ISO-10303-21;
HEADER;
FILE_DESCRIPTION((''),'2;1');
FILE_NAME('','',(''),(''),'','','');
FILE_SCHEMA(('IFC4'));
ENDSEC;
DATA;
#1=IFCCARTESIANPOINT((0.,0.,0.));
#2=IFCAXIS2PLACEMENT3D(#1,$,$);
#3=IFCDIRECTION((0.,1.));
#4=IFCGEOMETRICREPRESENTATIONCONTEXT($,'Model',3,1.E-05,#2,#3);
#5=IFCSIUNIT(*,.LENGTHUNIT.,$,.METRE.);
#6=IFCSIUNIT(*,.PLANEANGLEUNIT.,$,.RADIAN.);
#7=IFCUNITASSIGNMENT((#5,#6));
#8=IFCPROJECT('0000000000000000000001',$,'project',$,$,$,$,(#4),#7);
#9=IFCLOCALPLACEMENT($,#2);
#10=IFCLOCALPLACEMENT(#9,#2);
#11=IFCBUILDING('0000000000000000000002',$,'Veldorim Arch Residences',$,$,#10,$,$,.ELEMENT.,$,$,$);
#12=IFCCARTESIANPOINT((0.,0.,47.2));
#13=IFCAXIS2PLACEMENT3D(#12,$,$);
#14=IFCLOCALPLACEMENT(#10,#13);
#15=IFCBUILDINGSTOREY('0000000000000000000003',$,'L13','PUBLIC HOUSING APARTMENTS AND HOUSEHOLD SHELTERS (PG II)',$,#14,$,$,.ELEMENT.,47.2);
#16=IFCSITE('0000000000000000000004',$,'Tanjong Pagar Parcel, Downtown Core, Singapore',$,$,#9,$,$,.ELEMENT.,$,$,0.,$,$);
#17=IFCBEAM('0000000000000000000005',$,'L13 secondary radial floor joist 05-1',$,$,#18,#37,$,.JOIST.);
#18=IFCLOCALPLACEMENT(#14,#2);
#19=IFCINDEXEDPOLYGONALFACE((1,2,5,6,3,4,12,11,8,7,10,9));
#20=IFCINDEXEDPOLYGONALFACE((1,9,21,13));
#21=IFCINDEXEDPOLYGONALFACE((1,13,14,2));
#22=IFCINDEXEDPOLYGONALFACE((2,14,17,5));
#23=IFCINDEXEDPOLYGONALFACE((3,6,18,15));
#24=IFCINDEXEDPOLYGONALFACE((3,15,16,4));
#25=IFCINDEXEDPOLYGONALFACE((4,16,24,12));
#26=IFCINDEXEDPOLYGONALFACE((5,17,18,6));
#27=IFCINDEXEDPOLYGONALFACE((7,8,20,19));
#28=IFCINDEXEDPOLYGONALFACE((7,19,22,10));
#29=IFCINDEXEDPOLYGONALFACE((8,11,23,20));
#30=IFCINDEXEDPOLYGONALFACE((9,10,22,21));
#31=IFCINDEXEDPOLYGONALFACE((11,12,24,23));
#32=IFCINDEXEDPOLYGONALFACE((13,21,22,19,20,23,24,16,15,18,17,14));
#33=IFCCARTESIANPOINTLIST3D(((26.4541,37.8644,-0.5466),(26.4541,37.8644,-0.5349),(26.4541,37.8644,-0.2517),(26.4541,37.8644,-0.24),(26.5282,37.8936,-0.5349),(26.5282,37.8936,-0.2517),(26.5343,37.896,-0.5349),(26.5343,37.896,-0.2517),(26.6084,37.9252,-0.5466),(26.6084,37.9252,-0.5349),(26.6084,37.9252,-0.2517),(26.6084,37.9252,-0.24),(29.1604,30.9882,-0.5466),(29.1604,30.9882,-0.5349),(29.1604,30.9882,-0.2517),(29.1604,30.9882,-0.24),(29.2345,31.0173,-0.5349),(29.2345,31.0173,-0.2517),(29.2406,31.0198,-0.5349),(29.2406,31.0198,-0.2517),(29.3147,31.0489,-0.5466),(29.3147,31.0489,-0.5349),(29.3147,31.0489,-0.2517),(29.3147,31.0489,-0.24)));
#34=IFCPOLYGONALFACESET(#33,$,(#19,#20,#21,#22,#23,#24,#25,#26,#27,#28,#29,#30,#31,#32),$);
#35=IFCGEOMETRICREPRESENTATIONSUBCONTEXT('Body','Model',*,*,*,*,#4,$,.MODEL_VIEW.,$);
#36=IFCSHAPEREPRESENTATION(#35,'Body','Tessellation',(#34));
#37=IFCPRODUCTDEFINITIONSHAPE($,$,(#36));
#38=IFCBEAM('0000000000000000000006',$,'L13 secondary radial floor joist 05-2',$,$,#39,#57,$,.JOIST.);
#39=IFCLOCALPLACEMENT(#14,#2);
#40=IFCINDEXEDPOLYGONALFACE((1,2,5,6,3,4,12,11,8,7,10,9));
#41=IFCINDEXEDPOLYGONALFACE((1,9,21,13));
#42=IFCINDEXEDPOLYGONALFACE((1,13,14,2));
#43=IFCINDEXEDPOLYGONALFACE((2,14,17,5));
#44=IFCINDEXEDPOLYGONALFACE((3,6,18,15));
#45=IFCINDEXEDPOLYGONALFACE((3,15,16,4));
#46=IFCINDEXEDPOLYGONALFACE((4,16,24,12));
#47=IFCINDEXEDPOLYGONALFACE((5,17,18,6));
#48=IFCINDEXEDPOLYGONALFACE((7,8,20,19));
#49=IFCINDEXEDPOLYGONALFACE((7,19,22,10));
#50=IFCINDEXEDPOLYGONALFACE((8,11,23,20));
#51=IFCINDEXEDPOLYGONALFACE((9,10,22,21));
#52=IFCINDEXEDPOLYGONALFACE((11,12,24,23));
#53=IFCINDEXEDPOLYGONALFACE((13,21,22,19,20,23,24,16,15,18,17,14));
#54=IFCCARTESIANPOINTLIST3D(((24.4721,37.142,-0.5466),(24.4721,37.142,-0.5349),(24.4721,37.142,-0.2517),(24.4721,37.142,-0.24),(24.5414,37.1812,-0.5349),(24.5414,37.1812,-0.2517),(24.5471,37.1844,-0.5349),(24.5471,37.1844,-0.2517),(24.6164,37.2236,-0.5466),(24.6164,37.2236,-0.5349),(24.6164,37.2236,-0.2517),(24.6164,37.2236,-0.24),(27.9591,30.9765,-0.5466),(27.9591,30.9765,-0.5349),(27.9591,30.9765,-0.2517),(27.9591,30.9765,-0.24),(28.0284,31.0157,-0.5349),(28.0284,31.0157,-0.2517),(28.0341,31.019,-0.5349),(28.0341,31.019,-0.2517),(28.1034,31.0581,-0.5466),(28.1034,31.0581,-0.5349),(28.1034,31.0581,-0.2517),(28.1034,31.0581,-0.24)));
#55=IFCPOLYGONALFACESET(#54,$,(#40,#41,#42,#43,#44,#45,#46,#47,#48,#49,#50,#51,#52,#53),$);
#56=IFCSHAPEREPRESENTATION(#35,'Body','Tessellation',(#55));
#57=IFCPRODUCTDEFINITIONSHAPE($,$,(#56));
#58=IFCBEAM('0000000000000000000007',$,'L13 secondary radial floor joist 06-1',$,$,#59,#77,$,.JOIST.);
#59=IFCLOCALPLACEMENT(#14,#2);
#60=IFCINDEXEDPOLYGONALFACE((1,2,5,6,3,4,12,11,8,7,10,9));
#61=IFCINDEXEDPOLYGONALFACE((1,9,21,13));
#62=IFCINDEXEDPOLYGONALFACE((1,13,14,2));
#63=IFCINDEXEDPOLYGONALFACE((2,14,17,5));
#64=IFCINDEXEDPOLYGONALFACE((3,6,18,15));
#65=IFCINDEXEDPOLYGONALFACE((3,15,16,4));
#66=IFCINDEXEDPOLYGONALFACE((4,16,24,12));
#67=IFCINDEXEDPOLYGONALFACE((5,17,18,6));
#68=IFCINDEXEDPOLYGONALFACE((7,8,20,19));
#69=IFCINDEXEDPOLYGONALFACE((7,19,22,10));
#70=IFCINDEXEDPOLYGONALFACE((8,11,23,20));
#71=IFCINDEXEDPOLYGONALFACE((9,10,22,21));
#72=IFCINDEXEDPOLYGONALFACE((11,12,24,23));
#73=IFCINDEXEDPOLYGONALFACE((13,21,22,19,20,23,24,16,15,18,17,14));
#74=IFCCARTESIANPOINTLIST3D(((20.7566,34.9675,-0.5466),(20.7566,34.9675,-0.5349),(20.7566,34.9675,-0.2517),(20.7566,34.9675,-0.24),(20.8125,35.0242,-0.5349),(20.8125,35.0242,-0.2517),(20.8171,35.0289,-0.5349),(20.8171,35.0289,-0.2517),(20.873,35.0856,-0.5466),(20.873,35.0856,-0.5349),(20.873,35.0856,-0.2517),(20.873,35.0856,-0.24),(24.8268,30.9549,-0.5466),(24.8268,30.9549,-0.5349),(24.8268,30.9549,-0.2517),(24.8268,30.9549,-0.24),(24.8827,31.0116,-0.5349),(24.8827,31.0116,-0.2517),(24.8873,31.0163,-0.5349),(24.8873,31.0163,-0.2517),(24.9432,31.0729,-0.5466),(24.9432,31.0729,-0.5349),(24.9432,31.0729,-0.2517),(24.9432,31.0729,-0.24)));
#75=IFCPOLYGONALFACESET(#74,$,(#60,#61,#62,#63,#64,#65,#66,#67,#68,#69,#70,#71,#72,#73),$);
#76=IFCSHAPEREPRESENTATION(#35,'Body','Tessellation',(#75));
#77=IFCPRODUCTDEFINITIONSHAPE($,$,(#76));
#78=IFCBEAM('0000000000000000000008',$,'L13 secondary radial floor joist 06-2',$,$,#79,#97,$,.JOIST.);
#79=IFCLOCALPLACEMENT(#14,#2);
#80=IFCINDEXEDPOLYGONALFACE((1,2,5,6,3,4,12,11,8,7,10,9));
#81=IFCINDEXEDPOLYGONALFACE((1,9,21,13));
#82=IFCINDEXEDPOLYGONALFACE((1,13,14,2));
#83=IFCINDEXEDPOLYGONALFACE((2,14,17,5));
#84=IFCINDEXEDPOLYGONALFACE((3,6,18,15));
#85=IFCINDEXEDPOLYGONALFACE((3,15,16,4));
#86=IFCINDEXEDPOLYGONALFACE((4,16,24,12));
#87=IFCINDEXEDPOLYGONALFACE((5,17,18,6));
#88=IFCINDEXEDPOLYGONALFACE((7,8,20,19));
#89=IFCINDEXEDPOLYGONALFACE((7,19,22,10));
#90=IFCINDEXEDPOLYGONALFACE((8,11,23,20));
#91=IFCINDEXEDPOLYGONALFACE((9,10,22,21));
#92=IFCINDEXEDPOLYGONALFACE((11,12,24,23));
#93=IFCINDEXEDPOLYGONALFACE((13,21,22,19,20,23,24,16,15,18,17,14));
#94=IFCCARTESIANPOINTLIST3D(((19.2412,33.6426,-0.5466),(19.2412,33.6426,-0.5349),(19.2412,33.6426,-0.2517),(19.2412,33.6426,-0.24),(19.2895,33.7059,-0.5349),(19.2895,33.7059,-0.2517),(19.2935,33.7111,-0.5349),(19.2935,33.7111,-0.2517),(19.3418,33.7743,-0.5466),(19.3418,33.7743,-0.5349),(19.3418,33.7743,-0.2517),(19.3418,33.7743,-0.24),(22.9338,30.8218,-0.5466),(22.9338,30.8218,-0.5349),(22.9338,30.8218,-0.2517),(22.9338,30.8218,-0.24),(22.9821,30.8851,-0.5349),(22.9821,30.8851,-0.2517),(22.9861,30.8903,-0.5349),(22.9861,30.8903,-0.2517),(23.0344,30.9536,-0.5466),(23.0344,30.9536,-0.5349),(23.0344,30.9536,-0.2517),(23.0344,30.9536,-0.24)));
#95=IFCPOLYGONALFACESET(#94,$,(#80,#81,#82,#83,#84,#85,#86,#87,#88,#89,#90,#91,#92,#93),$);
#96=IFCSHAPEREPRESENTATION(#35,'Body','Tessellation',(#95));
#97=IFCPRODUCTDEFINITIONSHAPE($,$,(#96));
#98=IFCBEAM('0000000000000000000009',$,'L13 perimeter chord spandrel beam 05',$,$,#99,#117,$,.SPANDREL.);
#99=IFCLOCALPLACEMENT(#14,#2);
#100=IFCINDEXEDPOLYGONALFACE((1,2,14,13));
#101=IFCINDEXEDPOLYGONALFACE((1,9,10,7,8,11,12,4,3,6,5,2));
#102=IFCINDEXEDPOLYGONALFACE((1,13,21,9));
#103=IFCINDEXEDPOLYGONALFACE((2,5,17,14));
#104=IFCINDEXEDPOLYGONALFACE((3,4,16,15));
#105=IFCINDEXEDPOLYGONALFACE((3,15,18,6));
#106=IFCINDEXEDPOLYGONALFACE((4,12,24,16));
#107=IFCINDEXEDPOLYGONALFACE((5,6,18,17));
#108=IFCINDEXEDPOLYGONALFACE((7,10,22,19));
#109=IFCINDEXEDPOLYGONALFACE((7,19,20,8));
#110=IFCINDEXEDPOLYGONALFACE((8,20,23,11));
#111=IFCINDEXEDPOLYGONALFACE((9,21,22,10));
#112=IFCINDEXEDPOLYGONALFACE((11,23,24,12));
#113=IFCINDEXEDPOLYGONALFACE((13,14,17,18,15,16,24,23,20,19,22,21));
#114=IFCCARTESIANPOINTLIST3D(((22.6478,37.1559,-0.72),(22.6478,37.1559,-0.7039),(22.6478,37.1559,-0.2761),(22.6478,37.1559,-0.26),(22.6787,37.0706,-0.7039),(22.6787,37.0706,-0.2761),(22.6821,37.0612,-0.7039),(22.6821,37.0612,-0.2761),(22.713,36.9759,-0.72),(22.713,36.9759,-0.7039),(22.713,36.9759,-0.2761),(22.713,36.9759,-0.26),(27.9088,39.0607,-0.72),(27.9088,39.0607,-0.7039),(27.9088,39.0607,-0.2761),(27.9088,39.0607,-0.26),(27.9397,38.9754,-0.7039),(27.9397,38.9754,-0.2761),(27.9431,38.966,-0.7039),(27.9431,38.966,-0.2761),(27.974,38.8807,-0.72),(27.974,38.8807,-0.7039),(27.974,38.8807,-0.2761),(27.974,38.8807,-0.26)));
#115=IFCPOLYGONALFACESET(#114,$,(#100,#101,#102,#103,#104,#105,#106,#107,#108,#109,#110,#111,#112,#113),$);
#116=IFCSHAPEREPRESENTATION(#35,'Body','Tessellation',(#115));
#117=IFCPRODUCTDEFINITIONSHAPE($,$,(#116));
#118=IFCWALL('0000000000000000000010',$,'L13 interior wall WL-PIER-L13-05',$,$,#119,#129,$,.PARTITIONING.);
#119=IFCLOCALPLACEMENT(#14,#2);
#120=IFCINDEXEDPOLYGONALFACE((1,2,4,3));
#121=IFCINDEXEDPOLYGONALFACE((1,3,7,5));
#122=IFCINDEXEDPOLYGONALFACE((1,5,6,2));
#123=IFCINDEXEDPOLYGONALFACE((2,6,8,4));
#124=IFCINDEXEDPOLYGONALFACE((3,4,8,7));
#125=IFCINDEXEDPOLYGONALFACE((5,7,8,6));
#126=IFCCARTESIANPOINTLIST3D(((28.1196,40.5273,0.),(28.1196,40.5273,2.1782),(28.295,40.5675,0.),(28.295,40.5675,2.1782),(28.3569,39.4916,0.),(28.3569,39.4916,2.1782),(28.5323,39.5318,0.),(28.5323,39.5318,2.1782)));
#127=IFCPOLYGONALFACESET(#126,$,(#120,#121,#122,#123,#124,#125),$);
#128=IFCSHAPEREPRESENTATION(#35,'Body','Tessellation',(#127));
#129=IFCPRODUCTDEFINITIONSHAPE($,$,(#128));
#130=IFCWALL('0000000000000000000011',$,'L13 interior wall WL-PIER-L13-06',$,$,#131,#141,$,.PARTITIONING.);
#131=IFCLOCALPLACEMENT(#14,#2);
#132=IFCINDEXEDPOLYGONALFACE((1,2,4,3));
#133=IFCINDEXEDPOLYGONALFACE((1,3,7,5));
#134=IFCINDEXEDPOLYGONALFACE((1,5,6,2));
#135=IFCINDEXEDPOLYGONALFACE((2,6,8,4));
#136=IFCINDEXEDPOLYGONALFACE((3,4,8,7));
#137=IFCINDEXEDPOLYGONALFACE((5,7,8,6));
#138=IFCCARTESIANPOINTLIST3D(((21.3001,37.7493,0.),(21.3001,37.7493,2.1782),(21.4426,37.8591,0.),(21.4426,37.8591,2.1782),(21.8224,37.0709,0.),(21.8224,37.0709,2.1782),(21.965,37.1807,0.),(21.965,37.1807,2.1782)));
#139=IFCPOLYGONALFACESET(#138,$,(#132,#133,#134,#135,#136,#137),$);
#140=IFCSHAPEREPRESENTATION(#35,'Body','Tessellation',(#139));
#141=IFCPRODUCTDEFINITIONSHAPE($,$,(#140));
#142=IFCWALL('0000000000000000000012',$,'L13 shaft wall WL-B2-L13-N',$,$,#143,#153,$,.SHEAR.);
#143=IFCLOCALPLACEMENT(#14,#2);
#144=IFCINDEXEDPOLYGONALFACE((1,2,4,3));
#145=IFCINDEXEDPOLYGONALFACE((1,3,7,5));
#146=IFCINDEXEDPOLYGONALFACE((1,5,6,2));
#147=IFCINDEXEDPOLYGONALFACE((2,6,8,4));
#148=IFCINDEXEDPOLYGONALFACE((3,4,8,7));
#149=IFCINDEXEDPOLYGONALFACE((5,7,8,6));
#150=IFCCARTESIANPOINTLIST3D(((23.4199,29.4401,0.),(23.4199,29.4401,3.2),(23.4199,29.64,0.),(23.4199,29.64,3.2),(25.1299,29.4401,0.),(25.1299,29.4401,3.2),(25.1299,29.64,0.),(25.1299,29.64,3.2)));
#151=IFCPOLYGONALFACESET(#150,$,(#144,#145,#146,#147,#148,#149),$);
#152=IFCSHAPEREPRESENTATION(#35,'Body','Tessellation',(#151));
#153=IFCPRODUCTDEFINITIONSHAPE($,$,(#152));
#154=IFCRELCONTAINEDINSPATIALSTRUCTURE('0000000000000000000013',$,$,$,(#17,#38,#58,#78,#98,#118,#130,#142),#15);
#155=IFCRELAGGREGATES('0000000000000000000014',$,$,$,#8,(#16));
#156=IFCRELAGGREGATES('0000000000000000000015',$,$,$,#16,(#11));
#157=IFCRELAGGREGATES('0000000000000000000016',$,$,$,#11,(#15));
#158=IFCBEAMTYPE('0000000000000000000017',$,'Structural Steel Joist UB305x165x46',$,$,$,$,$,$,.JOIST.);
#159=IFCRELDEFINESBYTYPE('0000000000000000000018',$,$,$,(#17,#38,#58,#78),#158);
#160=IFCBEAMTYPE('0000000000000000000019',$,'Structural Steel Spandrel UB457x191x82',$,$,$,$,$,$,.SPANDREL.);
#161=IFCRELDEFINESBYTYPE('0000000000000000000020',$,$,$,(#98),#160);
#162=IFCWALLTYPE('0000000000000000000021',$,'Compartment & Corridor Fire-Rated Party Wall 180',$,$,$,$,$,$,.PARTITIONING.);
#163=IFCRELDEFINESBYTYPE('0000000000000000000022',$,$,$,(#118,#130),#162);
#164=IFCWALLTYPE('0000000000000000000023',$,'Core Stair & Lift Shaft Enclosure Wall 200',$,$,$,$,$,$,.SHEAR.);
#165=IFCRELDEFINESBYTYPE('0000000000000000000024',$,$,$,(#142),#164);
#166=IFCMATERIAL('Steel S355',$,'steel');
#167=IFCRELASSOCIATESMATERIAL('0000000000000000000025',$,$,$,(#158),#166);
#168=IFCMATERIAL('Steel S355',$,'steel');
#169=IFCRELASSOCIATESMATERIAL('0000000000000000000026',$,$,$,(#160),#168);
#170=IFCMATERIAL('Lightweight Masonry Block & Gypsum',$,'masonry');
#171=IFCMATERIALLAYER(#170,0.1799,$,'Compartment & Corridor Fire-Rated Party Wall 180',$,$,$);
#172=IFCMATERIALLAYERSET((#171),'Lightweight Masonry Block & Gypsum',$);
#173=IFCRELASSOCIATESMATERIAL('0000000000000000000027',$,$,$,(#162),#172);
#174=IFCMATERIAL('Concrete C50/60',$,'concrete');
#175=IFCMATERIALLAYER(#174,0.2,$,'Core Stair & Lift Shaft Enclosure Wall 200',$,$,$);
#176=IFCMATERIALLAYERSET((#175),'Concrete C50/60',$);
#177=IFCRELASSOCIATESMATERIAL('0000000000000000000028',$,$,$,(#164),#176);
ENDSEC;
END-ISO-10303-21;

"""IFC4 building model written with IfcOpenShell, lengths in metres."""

from ifc_helpers import new_model, si_unit, direction, frame, frame_2d, origin, origin_2d, place, context, subcontext, project, spatial, rectangle, i_section, extrude, material, layer, layer_set, material_profile, profile_set, type_object, element, save


model = new_model("IFC4")

# Units and contexts
model_context = context("Model", 3, precision=1e-05, world=origin(), true_north=direction((0.0, 1.0)))
body_context = subcontext(model_context, "Body", "Model", "MODEL_VIEW")
ifc_project = project(units=[si_unit("LENGTHUNIT", "METRE"), si_unit("PLANEANGLEUNIT", "RADIAN")], contexts=[model_context])

# Site, building, storey
site_placement = place(None, origin())
site = spatial("IfcSite", under=ifc_project, at=site_placement, Name="Tanjong Pagar Parcel, Downtown Core, Singapore", CompositionType="ELEMENT", RefElevation=0.0)
building_placement = place(site_placement, origin())
building = spatial("IfcBuilding", under=site, at=building_placement, Name="Veldorim Arch Residences", CompositionType="ELEMENT")
storey_placement = place(building_placement, frame((0.0, 0.0, 47.2)))
storey = spatial("IfcBuildingStorey", under=building, at=storey_placement, Name="L13", Description="PUBLIC HOUSING APARTMENTS AND HOUSEHOLD SHELTERS (PG II)", CompositionType="ELEMENT", Elevation=47.2)

# Beams
ifc_material_1 = material(Name="Steel S355", Category="steel")
ifc_material_profile_1 = material_profile(ifc_material_1, i_section(OverallWidth=0.1658, OverallDepth=0.3066, WebThickness=0.0066, FlangeThickness=0.0117, at=origin_2d()), Name="UB305x165x46")
ifc_profile_set_1 = profile_set([ifc_material_profile_1], Name="Steel S355")
beam_type_1 = type_object("IfcBeamType", Name="Structural Steel Joist UB305x165x46", PredefinedType="JOIST", material=ifc_profile_set_1)
beam_1_placement = place(storey_placement, frame((29.2375, 31.0186, -0.3933), z_axis=(-0.36623, 0.930524, 0.0), x_axis=(-0.930524, -0.36623, 0.0)))
element("IfcBeam", 1, at=beam_1_placement, inside=storey, type_object=beam_type_1, Name="L13 secondary radial floor joist 05-1", PredefinedType="JOIST", context=body_context, shape_type="SweptSolid", body=[
    extrude(i_section(OverallWidth=0.1658, OverallDepth=0.3066, WebThickness=0.0066, FlangeThickness=0.0117, at=origin_2d()), origin(), (0.0, 0.0, 1.0), 7.3896),
])
beam_2_placement = place(storey_placement, frame((28.0312, 31.0173, -0.3933), z_axis=(-0.492292, 0.87043, 0.0), x_axis=(-0.87043, -0.492292, 0.0)))
element("IfcBeam", 2, at=beam_2_placement, inside=storey, type_object=beam_type_1, Name="L13 secondary radial floor joist 05-2", PredefinedType="JOIST", context=body_context, shape_type="SweptSolid", body=[
    extrude(i_section(OverallWidth=0.1658, OverallDepth=0.3066, WebThickness=0.0066, FlangeThickness=0.0117, at=origin_2d()), origin(), (0.0, 0.0, 1.0), 7.0833),
])
beam_3_placement = place(storey_placement, frame((24.885, 31.0139, -0.3933), z_axis=(-0.712129, 0.702049, 0.0), x_axis=(-0.702049, -0.712129, 0.0)))
element("IfcBeam", 3, at=beam_3_placement, inside=storey, type_object=beam_type_1, Name="L13 secondary radial floor joist 06-1", PredefinedType="JOIST", context=body_context, shape_type="SweptSolid", body=[
    extrude(i_section(OverallWidth=0.1658, OverallDepth=0.3066, WebThickness=0.0066, FlangeThickness=0.0117, at=origin_2d()), origin(), (0.0, 0.0, 1.0), 5.7156),
])
beam_4_placement = place(storey_placement, frame((22.9841, 30.8877, -0.3933), z_axis=(-0.794666, 0.607046, 0.0), x_axis=(-0.607046, -0.794666, 0.0)))
element("IfcBeam", 4, at=beam_4_placement, inside=storey, type_object=beam_type_1, Name="L13 secondary radial floor joist 06-2", PredefinedType="JOIST", context=body_context, shape_type="SweptSolid", body=[
    extrude(i_section(OverallWidth=0.1658, OverallDepth=0.3066, WebThickness=0.0066, FlangeThickness=0.0117, at=origin_2d()), origin(), (0.0, 0.0, 1.0), 4.6467),
])
ifc_material_2 = material(Name="Steel S355", Category="steel")
ifc_material_profile_2 = material_profile(ifc_material_2, i_section(OverallWidth=0.1914, OverallDepth=0.46, WebThickness=0.01, FlangeThickness=0.0161, at=origin_2d()), Name="UB457x191x82")
ifc_profile_set_2 = profile_set([ifc_material_profile_2], Name="Steel S355")
beam_type_2 = type_object("IfcBeamType", Name="Structural Steel Spandrel UB457x191x82", PredefinedType="SPANDREL", material=ifc_profile_set_2)
beam_5_placement = place(storey_placement, frame((27.9414, 38.9707, -0.49), z_axis=(-0.940269, -0.340432, 0.0), x_axis=(0.340432, -0.940269, 0.0)))
element("IfcBeam", 5, at=beam_5_placement, inside=storey, type_object=beam_type_2, Name="L13 perimeter chord spandrel beam 05", PredefinedType="SPANDREL", context=body_context, shape_type="SweptSolid", body=[
    extrude(i_section(OverallWidth=0.1914, OverallDepth=0.46, WebThickness=0.01, FlangeThickness=0.0161, at=origin_2d()), origin(), (0.0, 0.0, 1.0), 5.5952),
])

# Walls
ifc_material_3 = material(Name="Lightweight Masonry Block & Gypsum", Category="masonry")
ifc_layer_1 = layer(ifc_material_3, 0.1799, Name="Compartment & Corridor Fire-Rated Party Wall 180")
ifc_layer_set_1 = layer_set([ifc_layer_1], Name="Lightweight Masonry Block & Gypsum")
wall_type_1 = type_object("IfcWallType", Name="Compartment & Corridor Fire-Rated Party Wall 180", PredefinedType="PARTITIONING", material=ifc_layer_set_1)
wall_1_placement = place(storey_placement, frame((28.4446, 39.5117, 0.0), z_axis=(0.0, 0.0, 1.0), x_axis=(-0.223349, 0.974739, 0.0)))
element("IfcWall", 6, at=wall_1_placement, inside=storey, type_object=wall_type_1, Name="L13 interior wall WL-PIER-L13-05", PredefinedType="PARTITIONING", context=body_context, shape_type="SweptSolid", body=[
    extrude(rectangle(XDim=1.0625, YDim=0.1799, at=frame_2d((0.5312, 0.0))), origin(), (0.0, 0.0, 1.0), 2.1782),
])
wall_2_placement = place(storey_placement, frame((21.8938, 37.1257, 0.0), z_axis=(0.0, 0.0, 1.0), x_axis=(-0.610124, 0.792306, 0.0)))
element("IfcWall", 7, at=wall_2_placement, inside=storey, type_object=wall_type_1, Name="L13 interior wall WL-PIER-L13-06", PredefinedType="PARTITIONING", context=body_context, shape_type="SweptSolid", body=[
    extrude(rectangle(XDim=0.8562, YDim=0.1799, at=frame_2d((0.4282, 0.0))), origin(), (0.0, 0.0, 1.0), 2.1782),
])
ifc_material_4 = material(Name="Concrete C50/60", Category="concrete")
ifc_layer_2 = layer(ifc_material_4, 0.2, Name="Core Stair & Lift Shaft Enclosure Wall 200")
ifc_layer_set_2 = layer_set([ifc_layer_2], Name="Concrete C50/60")
wall_type_2 = type_object("IfcWallType", Name="Core Stair & Lift Shaft Enclosure Wall 200", PredefinedType="SHEAR", material=ifc_layer_set_2)
wall_3_placement = place(storey_placement, frame((23.4199, 29.54, 0.0), z_axis=(0.0, 0.0, 1.0), x_axis=(1.0, 0.0, 0.0)))
element("IfcWall", 8, at=wall_3_placement, inside=storey, type_object=wall_type_2, Name="L13 shaft wall WL-B2-L13-N", PredefinedType="SHEAR", context=body_context, shape_type="SweptSolid", body=[
    extrude(rectangle(XDim=1.71, YDim=0.2, at=frame_2d((0.855, 0.0))), origin(), (0.0, 0.0, 1.0), 3.2),
])

save(model, "model.ifc")
